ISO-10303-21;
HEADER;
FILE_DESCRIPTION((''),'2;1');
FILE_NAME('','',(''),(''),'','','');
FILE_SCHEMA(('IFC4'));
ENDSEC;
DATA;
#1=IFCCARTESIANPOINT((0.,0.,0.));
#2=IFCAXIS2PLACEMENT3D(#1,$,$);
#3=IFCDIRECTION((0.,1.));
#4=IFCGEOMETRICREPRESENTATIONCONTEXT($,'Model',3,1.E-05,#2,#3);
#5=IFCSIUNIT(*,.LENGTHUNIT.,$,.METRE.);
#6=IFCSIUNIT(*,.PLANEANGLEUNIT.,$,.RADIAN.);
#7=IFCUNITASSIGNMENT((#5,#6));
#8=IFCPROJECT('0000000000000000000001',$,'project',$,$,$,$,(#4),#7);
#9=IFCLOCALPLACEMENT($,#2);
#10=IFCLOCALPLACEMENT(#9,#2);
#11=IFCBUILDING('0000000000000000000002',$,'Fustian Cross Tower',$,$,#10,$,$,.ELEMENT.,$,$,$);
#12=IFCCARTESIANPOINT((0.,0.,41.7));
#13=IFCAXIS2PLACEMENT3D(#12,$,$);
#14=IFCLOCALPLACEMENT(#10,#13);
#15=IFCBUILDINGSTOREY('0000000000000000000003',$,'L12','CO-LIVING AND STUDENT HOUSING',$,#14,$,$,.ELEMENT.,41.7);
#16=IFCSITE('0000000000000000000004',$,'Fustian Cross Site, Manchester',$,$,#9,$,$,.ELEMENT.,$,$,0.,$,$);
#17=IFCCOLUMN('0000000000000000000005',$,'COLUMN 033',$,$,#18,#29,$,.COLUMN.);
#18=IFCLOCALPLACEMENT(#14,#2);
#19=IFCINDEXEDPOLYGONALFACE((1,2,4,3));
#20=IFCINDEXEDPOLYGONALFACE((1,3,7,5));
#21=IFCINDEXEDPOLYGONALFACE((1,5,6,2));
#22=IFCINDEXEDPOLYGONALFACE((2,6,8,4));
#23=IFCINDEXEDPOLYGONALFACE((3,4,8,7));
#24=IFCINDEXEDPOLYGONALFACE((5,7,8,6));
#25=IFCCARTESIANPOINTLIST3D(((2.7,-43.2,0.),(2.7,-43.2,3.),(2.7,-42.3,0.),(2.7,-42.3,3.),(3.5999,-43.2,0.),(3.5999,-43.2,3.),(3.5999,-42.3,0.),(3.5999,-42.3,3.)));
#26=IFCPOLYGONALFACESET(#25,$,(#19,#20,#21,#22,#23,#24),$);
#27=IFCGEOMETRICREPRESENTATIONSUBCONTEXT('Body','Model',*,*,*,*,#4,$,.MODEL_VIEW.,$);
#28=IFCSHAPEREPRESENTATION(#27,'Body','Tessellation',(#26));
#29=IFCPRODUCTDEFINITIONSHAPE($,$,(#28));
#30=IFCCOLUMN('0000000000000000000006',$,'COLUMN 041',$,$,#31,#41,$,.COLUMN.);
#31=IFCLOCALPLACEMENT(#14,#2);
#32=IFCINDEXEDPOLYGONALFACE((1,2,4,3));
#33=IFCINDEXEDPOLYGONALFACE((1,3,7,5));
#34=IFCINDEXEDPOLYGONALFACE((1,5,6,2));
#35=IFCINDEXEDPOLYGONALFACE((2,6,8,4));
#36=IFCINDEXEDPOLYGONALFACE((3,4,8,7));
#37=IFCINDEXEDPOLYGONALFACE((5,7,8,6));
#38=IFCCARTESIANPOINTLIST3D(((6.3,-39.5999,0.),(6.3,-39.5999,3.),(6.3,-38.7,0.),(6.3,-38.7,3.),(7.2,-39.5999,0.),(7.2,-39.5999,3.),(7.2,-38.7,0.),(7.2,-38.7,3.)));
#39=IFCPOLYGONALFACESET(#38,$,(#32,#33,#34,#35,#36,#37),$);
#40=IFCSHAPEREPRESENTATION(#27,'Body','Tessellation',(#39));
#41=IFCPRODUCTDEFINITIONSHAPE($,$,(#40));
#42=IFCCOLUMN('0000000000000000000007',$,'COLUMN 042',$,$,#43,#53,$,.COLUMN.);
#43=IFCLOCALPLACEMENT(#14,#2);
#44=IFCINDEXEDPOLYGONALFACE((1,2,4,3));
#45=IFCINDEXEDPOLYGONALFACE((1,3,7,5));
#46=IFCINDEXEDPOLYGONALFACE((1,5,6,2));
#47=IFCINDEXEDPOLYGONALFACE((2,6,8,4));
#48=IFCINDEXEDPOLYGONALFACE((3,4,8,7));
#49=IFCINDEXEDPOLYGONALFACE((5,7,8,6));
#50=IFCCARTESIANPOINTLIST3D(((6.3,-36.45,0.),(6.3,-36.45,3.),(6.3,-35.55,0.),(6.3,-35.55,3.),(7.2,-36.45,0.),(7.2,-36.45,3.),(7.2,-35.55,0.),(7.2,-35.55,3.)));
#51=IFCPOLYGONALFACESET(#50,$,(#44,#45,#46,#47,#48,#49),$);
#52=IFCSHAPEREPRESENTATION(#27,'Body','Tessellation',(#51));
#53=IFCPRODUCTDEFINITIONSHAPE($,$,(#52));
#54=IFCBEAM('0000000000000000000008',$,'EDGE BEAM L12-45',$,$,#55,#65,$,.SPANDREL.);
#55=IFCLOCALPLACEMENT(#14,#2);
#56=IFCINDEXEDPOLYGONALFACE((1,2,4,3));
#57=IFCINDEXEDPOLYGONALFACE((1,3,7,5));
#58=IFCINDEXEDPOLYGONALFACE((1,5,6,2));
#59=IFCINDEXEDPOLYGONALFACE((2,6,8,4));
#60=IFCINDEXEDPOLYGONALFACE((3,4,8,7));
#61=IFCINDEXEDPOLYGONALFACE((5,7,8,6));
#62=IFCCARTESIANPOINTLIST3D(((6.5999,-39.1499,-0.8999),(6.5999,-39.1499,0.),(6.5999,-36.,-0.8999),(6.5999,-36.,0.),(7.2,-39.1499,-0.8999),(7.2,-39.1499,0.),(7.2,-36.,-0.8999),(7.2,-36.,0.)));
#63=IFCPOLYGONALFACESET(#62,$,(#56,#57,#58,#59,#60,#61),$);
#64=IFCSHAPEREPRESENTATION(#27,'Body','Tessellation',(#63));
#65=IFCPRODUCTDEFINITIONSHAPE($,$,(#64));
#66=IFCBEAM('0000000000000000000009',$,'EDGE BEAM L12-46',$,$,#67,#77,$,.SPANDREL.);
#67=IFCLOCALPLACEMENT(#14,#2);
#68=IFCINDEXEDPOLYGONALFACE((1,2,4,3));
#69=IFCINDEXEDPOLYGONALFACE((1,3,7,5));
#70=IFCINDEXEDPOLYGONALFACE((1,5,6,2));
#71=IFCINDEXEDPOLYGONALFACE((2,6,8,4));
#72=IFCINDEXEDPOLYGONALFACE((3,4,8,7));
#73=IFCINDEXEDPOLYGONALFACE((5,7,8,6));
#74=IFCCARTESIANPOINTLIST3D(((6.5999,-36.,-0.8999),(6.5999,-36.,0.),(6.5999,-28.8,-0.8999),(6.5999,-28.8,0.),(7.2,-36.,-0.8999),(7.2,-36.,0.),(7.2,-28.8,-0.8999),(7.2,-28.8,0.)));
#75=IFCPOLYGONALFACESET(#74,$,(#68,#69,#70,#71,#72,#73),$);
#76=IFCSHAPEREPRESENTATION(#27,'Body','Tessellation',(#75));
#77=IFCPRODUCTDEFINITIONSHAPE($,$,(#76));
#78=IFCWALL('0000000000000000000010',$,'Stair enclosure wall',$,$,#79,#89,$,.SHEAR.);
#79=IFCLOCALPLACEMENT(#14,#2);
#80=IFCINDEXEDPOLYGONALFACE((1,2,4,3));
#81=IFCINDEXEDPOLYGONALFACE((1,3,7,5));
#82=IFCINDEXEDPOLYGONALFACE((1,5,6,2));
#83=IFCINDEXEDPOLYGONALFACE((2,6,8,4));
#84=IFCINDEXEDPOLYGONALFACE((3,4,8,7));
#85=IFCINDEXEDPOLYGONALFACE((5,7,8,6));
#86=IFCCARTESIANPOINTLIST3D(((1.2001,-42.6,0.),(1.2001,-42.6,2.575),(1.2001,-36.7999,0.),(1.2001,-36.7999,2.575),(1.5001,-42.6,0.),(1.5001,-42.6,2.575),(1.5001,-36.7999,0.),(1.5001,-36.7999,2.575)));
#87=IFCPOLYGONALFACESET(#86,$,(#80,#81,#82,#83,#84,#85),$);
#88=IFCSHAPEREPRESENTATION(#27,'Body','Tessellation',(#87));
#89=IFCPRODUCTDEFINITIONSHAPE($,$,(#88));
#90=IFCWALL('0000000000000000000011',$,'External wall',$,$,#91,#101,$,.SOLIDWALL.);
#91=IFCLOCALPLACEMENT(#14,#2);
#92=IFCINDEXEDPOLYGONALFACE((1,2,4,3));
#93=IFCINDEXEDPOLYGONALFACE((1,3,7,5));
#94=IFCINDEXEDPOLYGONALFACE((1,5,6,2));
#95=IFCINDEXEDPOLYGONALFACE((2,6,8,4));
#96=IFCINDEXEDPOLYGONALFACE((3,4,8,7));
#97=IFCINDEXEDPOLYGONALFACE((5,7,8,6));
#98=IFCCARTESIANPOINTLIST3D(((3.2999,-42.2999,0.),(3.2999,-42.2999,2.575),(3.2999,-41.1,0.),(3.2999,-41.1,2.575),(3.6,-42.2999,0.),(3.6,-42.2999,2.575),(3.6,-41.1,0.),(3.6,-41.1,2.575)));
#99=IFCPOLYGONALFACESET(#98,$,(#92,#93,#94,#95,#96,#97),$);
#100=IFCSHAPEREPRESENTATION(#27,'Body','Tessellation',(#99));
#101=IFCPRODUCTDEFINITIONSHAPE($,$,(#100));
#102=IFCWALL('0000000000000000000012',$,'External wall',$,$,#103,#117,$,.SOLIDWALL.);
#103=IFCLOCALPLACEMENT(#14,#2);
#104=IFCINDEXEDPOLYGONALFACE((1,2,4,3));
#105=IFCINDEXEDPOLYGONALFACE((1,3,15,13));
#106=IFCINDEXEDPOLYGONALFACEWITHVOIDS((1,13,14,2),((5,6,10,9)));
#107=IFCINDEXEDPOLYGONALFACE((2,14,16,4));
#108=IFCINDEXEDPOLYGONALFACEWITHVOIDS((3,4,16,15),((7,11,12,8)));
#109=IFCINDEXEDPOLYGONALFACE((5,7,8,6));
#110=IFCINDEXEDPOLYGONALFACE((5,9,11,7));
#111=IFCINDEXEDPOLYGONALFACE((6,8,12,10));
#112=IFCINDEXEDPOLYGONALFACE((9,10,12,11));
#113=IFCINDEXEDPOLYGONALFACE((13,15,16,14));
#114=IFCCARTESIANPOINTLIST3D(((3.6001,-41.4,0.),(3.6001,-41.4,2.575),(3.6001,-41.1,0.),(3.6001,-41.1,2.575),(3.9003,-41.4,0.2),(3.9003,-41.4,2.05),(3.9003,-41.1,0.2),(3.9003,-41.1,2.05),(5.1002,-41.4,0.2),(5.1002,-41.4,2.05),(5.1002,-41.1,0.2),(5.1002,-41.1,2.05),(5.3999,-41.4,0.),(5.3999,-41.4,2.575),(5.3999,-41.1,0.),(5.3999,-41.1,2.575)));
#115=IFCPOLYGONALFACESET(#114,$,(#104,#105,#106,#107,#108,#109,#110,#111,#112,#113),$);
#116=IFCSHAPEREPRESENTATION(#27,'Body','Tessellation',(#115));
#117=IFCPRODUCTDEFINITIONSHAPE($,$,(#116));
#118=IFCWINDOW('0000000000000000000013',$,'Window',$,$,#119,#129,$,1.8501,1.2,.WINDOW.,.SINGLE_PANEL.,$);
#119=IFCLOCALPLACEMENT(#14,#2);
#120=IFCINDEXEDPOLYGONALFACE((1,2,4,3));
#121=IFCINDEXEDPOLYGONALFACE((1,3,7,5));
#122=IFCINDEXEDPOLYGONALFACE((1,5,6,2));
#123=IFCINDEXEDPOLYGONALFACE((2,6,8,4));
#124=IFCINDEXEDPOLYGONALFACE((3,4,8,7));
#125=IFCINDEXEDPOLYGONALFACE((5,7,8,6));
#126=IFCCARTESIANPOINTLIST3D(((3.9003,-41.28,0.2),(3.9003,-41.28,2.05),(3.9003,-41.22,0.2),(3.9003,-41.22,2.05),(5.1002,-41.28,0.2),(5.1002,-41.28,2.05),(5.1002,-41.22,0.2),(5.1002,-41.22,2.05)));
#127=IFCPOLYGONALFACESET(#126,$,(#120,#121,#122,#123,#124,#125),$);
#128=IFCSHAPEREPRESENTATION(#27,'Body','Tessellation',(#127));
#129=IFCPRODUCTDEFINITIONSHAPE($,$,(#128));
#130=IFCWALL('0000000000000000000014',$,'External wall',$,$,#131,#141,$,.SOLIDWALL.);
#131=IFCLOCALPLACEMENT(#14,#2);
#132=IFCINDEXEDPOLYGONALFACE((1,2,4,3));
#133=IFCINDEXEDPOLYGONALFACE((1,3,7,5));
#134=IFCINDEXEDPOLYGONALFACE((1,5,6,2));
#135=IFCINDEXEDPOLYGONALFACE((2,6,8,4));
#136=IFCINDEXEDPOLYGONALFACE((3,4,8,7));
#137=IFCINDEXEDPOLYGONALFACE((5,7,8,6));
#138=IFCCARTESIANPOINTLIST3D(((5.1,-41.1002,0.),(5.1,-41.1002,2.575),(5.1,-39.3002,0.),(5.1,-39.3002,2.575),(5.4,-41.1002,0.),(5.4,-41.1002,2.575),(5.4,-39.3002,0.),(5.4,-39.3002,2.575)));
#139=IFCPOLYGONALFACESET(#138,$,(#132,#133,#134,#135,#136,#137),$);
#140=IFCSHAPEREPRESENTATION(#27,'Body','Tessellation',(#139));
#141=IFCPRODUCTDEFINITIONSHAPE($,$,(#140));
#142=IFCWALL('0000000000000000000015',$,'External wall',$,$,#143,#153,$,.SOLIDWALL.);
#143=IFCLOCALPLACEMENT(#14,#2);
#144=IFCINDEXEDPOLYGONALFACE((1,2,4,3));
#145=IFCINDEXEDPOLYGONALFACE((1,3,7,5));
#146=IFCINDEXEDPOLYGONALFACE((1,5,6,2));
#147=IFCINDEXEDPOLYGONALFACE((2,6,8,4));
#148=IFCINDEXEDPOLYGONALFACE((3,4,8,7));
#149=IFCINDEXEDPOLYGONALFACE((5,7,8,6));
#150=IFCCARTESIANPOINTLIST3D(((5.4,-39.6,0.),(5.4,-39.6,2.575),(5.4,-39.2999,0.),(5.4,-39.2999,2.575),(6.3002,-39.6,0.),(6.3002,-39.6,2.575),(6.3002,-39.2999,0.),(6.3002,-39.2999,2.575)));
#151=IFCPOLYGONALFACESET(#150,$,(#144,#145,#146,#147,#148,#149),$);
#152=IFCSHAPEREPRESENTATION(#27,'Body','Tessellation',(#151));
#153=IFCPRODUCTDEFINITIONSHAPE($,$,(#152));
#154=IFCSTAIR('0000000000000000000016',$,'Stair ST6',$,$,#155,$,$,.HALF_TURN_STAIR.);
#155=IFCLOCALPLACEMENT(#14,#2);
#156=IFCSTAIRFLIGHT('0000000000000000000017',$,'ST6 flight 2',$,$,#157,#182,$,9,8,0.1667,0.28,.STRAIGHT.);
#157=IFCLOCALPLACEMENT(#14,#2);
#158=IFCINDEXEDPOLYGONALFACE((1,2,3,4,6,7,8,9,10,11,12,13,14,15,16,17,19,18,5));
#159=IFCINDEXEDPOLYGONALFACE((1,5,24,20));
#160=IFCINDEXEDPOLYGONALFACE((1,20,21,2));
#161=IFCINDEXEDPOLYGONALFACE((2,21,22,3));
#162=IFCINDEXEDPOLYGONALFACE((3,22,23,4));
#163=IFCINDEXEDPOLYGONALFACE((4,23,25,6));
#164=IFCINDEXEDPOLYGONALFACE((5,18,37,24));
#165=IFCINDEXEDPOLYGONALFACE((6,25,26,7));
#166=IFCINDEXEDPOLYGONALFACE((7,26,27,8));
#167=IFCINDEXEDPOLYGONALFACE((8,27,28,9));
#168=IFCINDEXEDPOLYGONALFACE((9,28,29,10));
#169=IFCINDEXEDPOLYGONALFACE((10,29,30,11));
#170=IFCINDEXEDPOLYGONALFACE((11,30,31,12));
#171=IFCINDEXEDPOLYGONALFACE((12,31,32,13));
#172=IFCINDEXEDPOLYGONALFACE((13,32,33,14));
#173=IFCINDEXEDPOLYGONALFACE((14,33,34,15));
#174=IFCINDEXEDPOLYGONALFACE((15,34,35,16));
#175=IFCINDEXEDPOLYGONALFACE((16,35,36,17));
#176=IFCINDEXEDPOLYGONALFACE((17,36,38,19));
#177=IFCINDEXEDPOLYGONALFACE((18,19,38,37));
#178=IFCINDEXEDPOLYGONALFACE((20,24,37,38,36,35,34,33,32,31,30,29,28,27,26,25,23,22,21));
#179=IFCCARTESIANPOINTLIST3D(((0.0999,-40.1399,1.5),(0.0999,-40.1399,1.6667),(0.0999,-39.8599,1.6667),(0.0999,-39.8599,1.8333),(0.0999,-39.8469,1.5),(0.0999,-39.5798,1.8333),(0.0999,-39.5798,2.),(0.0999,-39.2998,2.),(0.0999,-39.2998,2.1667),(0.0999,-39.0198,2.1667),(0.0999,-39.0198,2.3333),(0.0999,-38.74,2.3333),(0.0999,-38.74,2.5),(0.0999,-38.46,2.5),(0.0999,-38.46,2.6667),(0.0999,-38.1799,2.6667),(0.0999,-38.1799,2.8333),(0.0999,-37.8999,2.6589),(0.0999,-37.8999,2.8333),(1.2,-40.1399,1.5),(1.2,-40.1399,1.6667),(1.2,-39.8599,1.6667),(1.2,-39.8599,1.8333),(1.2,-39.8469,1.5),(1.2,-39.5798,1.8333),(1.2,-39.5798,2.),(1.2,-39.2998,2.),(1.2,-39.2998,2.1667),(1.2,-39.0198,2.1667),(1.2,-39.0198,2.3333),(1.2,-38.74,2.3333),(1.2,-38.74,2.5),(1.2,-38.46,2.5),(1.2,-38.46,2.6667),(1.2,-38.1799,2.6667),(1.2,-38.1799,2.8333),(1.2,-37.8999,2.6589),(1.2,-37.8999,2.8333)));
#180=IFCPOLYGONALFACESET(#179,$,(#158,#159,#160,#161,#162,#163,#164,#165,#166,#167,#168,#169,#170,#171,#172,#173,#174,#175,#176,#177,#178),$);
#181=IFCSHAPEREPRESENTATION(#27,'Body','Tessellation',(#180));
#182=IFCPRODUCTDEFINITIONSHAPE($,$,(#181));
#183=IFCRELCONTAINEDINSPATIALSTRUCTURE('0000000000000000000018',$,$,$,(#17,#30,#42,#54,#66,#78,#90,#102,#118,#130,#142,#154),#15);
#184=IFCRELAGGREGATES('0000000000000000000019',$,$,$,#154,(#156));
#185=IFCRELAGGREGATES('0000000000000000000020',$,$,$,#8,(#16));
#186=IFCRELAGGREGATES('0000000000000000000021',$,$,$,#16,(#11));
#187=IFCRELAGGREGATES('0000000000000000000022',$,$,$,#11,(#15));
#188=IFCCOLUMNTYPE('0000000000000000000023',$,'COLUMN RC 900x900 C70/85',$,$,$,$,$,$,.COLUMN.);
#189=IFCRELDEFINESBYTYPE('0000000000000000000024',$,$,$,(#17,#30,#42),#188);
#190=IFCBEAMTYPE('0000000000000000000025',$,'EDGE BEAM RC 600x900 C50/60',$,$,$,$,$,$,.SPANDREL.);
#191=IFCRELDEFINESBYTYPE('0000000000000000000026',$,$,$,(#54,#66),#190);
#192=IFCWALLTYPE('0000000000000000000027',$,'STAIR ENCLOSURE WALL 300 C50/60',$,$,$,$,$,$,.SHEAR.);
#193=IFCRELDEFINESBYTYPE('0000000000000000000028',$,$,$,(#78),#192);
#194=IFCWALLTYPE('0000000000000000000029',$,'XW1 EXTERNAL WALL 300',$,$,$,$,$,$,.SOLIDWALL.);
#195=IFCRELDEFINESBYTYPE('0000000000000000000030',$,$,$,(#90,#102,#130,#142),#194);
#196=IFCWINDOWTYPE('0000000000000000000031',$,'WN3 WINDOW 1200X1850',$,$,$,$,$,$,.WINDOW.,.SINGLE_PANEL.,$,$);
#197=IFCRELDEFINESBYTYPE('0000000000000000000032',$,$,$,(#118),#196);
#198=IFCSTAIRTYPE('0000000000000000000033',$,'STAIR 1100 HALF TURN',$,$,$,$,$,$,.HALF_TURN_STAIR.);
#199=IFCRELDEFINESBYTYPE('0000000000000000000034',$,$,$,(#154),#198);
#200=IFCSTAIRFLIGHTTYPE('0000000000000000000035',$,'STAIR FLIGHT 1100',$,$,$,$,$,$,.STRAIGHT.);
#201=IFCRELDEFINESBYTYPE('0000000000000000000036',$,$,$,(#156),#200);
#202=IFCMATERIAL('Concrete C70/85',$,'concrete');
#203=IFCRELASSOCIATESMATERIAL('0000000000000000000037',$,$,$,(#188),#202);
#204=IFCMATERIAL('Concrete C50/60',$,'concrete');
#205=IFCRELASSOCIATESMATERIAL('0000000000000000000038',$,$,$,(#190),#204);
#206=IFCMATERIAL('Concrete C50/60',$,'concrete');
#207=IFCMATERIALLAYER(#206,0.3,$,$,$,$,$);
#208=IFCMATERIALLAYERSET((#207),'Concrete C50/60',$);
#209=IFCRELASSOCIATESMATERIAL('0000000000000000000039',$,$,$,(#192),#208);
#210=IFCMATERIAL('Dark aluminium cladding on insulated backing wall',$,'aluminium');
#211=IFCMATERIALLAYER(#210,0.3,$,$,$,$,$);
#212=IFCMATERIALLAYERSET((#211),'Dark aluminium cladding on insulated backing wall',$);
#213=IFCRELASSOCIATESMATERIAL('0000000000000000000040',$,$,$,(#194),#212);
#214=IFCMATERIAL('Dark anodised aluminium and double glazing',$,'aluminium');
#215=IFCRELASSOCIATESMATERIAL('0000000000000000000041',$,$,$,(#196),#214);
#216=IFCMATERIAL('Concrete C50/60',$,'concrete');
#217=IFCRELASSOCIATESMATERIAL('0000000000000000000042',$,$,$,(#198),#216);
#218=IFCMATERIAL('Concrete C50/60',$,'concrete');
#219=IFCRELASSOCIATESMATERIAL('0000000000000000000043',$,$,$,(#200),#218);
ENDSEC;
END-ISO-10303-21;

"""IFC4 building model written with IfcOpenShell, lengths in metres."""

from ifc_helpers import new_model, si_unit, direction, frame, frame_2d, origin, origin_2d, place, context, subcontext, project, spatial, polyline, rectangle, outline, extrude, material, layer, layer_set, material_profile, profile_set, type_object, element, fill, aggregate, save


model = new_model("IFC4")

# Units and contexts
model_context = context("Model", 3, precision=1e-05, world=origin(), true_north=direction((0.0, 1.0)))
body_context = subcontext(model_context, "Body", "Model", "MODEL_VIEW")
ifc_project = project(units=[si_unit("LENGTHUNIT", "METRE"), si_unit("PLANEANGLEUNIT", "RADIAN")], contexts=[model_context])

# Site, building, storey
site_placement = place(None, origin())
site = spatial("IfcSite", under=ifc_project, at=site_placement, Name="Fustian Cross Site, Manchester", CompositionType="ELEMENT", RefElevation=0.0)
building_placement = place(site_placement, origin())
building = spatial("IfcBuilding", under=site, at=building_placement, Name="Fustian Cross Tower", CompositionType="ELEMENT")
storey_placement = place(building_placement, frame((0.0, 0.0, 41.7)))
storey = spatial("IfcBuildingStorey", under=building, at=storey_placement, Name="L12", Description="CO-LIVING AND STUDENT HOUSING", CompositionType="ELEMENT", Elevation=41.7)

# Columns
ifc_material_1 = material(Name="Concrete C70/85", Category="concrete")
ifc_material_profile_1 = material_profile(ifc_material_1, rectangle(XDim=0.8999, YDim=0.8999, at=origin_2d()), Name="RC 900x900")
ifc_profile_set_1 = profile_set([ifc_material_profile_1], Name="Concrete C70/85")
column_type = type_object("IfcColumnType", Name="COLUMN RC 900x900 C70/85", PredefinedType="COLUMN", material=ifc_profile_set_1)
for number, where, z_axis, x_axis, name in (
    (1, (3.1499, -42.75, 0.0), (0.0, 0.0, 1.0), (1.0, 0.0, 0.0), "COLUMN 033"),
    (2, (6.75, -39.1499, 0.0), (0.0, 0.0, 1.0), (1.0, 0.0, 0.0), "COLUMN 041"),
    (3, (6.75, -36.0, 0.0), (0.0, 0.0, 1.0), (1.0, 0.0, 0.0), "COLUMN 042"),
):
    element("IfcColumn", number, at=place(storey_placement, frame(where, z_axis=z_axis, x_axis=x_axis)), inside=storey, type_object=column_type, Name=name, PredefinedType="COLUMN", context=body_context, shape_type="SweptSolid", body=[
        extrude(rectangle(XDim=0.8999, YDim=0.8999, at=origin_2d()), origin(), (0.0, 0.0, 1.0), 3.0),
    ])

# Beams
ifc_material_2 = material(Name="Concrete C50/60", Category="concrete")
ifc_material_profile_2 = material_profile(ifc_material_2, rectangle(XDim=0.6001, YDim=0.8999, at=origin_2d()), Name="RC 600x900")
ifc_profile_set_2 = profile_set([ifc_material_profile_2], Name="Concrete C50/60")
beam_type = type_object("IfcBeamType", Name="EDGE BEAM RC 600x900 C50/60", PredefinedType="SPANDREL", material=ifc_profile_set_2)
beam_1_placement = place(storey_placement, frame((6.8999, -39.1499, -0.45), z_axis=(0.0, 1.0, 0.0), x_axis=(-1.0, 0.0, 0.0)))
element("IfcBeam", 4, at=beam_1_placement, inside=storey, type_object=beam_type, Name="EDGE BEAM L12-45", PredefinedType="SPANDREL", context=body_context, shape_type="SweptSolid", body=[
    extrude(rectangle(XDim=0.6001, YDim=0.8999, at=origin_2d()), origin(), (0.0, 0.0, 1.0), 3.1499),
])
beam_2_placement = place(storey_placement, frame((6.8999, -36.0, -0.45), z_axis=(0.0, 1.0, 0.0), x_axis=(-1.0, 0.0, 0.0)))
element("IfcBeam", 5, at=beam_2_placement, inside=storey, type_object=beam_type, Name="EDGE BEAM L12-46", PredefinedType="SPANDREL", context=body_context, shape_type="SweptSolid", body=[
    extrude(rectangle(XDim=0.6001, YDim=0.8999, at=origin_2d()), origin(), (0.0, 0.0, 1.0), 7.2),
])

# Walls
ifc_material_3 = material(Name="Concrete C50/60", Category="concrete")
ifc_layer_1 = layer(ifc_material_3, 0.3)
ifc_layer_set_1 = layer_set([ifc_layer_1], Name="Concrete C50/60")
wall_type_1 = type_object("IfcWallType", Name="STAIR ENCLOSURE WALL 300 C50/60", PredefinedType="SHEAR", material=ifc_layer_set_1)
wall_1_placement = place(storey_placement, frame((1.3501, -36.8, 0.0), z_axis=(0.0, 0.0, 1.0), x_axis=(0.0, -1.0, 0.0)))
element("IfcWall", 6, at=wall_1_placement, inside=storey, type_object=wall_type_1, Name="Stair enclosure wall", PredefinedType="SHEAR", context=body_context, shape_type="SweptSolid", body=[
    extrude(rectangle(XDim=5.8, YDim=0.3, at=frame_2d((2.8999, 0.0))), origin(), (0.0, 0.0, 1.0), 2.575),
])
ifc_material_4 = material(Name="Dark aluminium cladding on insulated backing wall", Category="aluminium")
ifc_layer_2 = layer(ifc_material_4, 0.3)
ifc_layer_set_2 = layer_set([ifc_layer_2], Name="Dark aluminium cladding on insulated backing wall")
wall_type_2 = type_object("IfcWallType", Name="XW1 EXTERNAL WALL 300", PredefinedType="SOLIDWALL", material=ifc_layer_set_2)
wall_2_placement = place(storey_placement, frame((3.45, -42.3, 0.0), z_axis=(0.0, 0.0, 1.0), x_axis=(0.0, 1.0, 0.0)))
element("IfcWall", 7, at=wall_2_placement, inside=storey, type_object=wall_type_2, Name="External wall", PredefinedType="SOLIDWALL", context=body_context, shape_type="SweptSolid", body=[
    extrude(rectangle(XDim=1.2, YDim=0.3, at=frame_2d((0.6001, 0.0))), origin(), (0.0, 0.0, 1.0), 2.575),
])

# Wall, opening, window
wall_3_placement = place(storey_placement, frame((3.6001, -41.25, 0.0), z_axis=(0.0, 0.0, 1.0), x_axis=(1.0, 0.0, 0.0)))
wall_3 = element("IfcWall", 8, at=wall_3_placement, inside=storey, type_object=wall_type_2, Name="External wall", PredefinedType="SOLIDWALL", context=body_context, shape_type="SweptSolid", body=[
    extrude(rectangle(XDim=1.7998, YDim=0.3, at=frame_2d((0.8999, 0.0))), origin(), (0.0, 0.0, 1.0), 2.575),
])
opening_1_placement = place(wall_3_placement, frame((0.3, 0.0, 0.2)))
opening_1 = element("IfcOpeningElement", 9, at=opening_1_placement, cuts=wall_3, PredefinedType="OPENING", context=body_context, shape_type="SweptSolid", body=[
    extrude(rectangle(XDim=1.2, YDim=1.8501, at=frame_2d((0.6001, 0.925))), frame((0.0, 0.1599, 0.0), z_axis=(0.0, -1.0, 0.0), x_axis=(1.0, 0.0, 0.0)), (0.0, 0.0, 1.0), 0.3201),
])
ifc_material_5 = material(Name="Dark anodised aluminium and double glazing", Category="aluminium")
window_type = type_object("IfcWindowType", Name="WN3 WINDOW 1200X1850", PartitioningType="SINGLE_PANEL", PredefinedType="WINDOW", material=ifc_material_5)
window_placement = place(opening_1_placement, origin())
window = element("IfcWindow", 10, at=window_placement, inside=storey, type_object=window_type, Name="Window", OverallHeight=1.8501, OverallWidth=1.2, PartitioningType="SINGLE_PANEL", PredefinedType="WINDOW", context=body_context, shape_type="SweptSolid", body=[
    extrude(rectangle(XDim=1.2, YDim=1.8501, at=frame_2d((0.6001, 0.925))), frame((0.0, 0.03, 0.0), z_axis=(0.0, -1.0, 0.0), x_axis=(1.0, 0.0, 0.0)), (0.0, 0.0, 1.0), 0.0601),
])
fill(opening_1, window)

# Walls
wall_4_placement = place(storey_placement, frame((5.25, -41.1001, 0.0), z_axis=(0.0, 0.0, 1.0), x_axis=(0.0, 1.0, 0.0)))
element("IfcWall", 11, at=wall_4_placement, inside=storey, type_object=wall_type_2, Name="External wall", PredefinedType="SOLIDWALL", context=body_context, shape_type="SweptSolid", body=[
    extrude(rectangle(XDim=1.8, YDim=0.3, at=frame_2d((0.8999, 0.0))), origin(), (0.0, 0.0, 1.0), 2.575),
])
wall_5_placement = place(storey_placement, frame((5.3999, -39.45, 0.0), z_axis=(0.0, 0.0, 1.0), x_axis=(1.0, 0.0, 0.0)))
element("IfcWall", 12, at=wall_5_placement, inside=storey, type_object=wall_type_2, Name="External wall", PredefinedType="SOLIDWALL", context=body_context, shape_type="SweptSolid", body=[
    extrude(rectangle(XDim=0.9001, YDim=0.3, at=frame_2d((0.4502, 0.0))), origin(), (0.0, 0.0, 1.0), 2.575),
])

# Stair, stair flight
ifc_material_6 = material(Name="Concrete C50/60", Category="concrete")
stair_type = type_object("IfcStairType", Name="STAIR 1100 HALF TURN", PredefinedType="HALF_TURN_STAIR", material=ifc_material_6)
stair_placement = place(storey_placement, origin())
stair = element("IfcStair", 13, at=stair_placement, inside=storey, type_object=stair_type, Name="Stair ST6", PredefinedType="HALF_TURN_STAIR")
ifc_material_7 = material(Name="Concrete C50/60", Category="concrete")
stair_flight_type = type_object("IfcStairFlightType", Name="STAIR FLIGHT 1100", PredefinedType="STRAIGHT", material=ifc_material_7)
stair_flight_placement = place(storey_placement, frame((0.6499, -40.1399, 1.5), z_axis=(0.0, 0.0, 1.0), x_axis=(0.0, 1.0, 0.0)))
stair_flight = element("IfcStairFlight", 14, at=stair_flight_placement, type_object=stair_flight_type, Name="ST6 flight 2", NumberOfRisers=9, NumberOfTreads=8, PredefinedType="STRAIGHT", RiserHeight=0.1667, TreadLength=0.28, context=body_context, shape_type="SweptSolid", body=[
    extrude(outline(polyline([(0.0, 0.0), (0.0, 0.1667), (0.28, 0.1667), (0.28, 0.3333), (0.5601, 0.3333), (0.5601, 0.5), (0.8401, 0.5), (0.8401, 0.6667), (1.1201, 0.6667), (1.1201, 0.8333), (1.3999, 0.8333), (1.3999, 1.0), (1.6799, 1.0), (1.6799, 1.1667), (1.96, 1.1667), (1.96, 1.3333), (2.24, 1.3333), (2.24, 1.5), (2.24, 1.1589), (0.293, 0.0), (0.0, 0.0)])), frame((0.0, 0.55, 0.0), z_axis=(0.0, -1.0, 0.0), x_axis=(1.0, 0.0, 0.0)), (0.0, 0.0, 1.0), 1.1001),
])
aggregate(stair, [stair_flight])

save(model, "model.ifc")
